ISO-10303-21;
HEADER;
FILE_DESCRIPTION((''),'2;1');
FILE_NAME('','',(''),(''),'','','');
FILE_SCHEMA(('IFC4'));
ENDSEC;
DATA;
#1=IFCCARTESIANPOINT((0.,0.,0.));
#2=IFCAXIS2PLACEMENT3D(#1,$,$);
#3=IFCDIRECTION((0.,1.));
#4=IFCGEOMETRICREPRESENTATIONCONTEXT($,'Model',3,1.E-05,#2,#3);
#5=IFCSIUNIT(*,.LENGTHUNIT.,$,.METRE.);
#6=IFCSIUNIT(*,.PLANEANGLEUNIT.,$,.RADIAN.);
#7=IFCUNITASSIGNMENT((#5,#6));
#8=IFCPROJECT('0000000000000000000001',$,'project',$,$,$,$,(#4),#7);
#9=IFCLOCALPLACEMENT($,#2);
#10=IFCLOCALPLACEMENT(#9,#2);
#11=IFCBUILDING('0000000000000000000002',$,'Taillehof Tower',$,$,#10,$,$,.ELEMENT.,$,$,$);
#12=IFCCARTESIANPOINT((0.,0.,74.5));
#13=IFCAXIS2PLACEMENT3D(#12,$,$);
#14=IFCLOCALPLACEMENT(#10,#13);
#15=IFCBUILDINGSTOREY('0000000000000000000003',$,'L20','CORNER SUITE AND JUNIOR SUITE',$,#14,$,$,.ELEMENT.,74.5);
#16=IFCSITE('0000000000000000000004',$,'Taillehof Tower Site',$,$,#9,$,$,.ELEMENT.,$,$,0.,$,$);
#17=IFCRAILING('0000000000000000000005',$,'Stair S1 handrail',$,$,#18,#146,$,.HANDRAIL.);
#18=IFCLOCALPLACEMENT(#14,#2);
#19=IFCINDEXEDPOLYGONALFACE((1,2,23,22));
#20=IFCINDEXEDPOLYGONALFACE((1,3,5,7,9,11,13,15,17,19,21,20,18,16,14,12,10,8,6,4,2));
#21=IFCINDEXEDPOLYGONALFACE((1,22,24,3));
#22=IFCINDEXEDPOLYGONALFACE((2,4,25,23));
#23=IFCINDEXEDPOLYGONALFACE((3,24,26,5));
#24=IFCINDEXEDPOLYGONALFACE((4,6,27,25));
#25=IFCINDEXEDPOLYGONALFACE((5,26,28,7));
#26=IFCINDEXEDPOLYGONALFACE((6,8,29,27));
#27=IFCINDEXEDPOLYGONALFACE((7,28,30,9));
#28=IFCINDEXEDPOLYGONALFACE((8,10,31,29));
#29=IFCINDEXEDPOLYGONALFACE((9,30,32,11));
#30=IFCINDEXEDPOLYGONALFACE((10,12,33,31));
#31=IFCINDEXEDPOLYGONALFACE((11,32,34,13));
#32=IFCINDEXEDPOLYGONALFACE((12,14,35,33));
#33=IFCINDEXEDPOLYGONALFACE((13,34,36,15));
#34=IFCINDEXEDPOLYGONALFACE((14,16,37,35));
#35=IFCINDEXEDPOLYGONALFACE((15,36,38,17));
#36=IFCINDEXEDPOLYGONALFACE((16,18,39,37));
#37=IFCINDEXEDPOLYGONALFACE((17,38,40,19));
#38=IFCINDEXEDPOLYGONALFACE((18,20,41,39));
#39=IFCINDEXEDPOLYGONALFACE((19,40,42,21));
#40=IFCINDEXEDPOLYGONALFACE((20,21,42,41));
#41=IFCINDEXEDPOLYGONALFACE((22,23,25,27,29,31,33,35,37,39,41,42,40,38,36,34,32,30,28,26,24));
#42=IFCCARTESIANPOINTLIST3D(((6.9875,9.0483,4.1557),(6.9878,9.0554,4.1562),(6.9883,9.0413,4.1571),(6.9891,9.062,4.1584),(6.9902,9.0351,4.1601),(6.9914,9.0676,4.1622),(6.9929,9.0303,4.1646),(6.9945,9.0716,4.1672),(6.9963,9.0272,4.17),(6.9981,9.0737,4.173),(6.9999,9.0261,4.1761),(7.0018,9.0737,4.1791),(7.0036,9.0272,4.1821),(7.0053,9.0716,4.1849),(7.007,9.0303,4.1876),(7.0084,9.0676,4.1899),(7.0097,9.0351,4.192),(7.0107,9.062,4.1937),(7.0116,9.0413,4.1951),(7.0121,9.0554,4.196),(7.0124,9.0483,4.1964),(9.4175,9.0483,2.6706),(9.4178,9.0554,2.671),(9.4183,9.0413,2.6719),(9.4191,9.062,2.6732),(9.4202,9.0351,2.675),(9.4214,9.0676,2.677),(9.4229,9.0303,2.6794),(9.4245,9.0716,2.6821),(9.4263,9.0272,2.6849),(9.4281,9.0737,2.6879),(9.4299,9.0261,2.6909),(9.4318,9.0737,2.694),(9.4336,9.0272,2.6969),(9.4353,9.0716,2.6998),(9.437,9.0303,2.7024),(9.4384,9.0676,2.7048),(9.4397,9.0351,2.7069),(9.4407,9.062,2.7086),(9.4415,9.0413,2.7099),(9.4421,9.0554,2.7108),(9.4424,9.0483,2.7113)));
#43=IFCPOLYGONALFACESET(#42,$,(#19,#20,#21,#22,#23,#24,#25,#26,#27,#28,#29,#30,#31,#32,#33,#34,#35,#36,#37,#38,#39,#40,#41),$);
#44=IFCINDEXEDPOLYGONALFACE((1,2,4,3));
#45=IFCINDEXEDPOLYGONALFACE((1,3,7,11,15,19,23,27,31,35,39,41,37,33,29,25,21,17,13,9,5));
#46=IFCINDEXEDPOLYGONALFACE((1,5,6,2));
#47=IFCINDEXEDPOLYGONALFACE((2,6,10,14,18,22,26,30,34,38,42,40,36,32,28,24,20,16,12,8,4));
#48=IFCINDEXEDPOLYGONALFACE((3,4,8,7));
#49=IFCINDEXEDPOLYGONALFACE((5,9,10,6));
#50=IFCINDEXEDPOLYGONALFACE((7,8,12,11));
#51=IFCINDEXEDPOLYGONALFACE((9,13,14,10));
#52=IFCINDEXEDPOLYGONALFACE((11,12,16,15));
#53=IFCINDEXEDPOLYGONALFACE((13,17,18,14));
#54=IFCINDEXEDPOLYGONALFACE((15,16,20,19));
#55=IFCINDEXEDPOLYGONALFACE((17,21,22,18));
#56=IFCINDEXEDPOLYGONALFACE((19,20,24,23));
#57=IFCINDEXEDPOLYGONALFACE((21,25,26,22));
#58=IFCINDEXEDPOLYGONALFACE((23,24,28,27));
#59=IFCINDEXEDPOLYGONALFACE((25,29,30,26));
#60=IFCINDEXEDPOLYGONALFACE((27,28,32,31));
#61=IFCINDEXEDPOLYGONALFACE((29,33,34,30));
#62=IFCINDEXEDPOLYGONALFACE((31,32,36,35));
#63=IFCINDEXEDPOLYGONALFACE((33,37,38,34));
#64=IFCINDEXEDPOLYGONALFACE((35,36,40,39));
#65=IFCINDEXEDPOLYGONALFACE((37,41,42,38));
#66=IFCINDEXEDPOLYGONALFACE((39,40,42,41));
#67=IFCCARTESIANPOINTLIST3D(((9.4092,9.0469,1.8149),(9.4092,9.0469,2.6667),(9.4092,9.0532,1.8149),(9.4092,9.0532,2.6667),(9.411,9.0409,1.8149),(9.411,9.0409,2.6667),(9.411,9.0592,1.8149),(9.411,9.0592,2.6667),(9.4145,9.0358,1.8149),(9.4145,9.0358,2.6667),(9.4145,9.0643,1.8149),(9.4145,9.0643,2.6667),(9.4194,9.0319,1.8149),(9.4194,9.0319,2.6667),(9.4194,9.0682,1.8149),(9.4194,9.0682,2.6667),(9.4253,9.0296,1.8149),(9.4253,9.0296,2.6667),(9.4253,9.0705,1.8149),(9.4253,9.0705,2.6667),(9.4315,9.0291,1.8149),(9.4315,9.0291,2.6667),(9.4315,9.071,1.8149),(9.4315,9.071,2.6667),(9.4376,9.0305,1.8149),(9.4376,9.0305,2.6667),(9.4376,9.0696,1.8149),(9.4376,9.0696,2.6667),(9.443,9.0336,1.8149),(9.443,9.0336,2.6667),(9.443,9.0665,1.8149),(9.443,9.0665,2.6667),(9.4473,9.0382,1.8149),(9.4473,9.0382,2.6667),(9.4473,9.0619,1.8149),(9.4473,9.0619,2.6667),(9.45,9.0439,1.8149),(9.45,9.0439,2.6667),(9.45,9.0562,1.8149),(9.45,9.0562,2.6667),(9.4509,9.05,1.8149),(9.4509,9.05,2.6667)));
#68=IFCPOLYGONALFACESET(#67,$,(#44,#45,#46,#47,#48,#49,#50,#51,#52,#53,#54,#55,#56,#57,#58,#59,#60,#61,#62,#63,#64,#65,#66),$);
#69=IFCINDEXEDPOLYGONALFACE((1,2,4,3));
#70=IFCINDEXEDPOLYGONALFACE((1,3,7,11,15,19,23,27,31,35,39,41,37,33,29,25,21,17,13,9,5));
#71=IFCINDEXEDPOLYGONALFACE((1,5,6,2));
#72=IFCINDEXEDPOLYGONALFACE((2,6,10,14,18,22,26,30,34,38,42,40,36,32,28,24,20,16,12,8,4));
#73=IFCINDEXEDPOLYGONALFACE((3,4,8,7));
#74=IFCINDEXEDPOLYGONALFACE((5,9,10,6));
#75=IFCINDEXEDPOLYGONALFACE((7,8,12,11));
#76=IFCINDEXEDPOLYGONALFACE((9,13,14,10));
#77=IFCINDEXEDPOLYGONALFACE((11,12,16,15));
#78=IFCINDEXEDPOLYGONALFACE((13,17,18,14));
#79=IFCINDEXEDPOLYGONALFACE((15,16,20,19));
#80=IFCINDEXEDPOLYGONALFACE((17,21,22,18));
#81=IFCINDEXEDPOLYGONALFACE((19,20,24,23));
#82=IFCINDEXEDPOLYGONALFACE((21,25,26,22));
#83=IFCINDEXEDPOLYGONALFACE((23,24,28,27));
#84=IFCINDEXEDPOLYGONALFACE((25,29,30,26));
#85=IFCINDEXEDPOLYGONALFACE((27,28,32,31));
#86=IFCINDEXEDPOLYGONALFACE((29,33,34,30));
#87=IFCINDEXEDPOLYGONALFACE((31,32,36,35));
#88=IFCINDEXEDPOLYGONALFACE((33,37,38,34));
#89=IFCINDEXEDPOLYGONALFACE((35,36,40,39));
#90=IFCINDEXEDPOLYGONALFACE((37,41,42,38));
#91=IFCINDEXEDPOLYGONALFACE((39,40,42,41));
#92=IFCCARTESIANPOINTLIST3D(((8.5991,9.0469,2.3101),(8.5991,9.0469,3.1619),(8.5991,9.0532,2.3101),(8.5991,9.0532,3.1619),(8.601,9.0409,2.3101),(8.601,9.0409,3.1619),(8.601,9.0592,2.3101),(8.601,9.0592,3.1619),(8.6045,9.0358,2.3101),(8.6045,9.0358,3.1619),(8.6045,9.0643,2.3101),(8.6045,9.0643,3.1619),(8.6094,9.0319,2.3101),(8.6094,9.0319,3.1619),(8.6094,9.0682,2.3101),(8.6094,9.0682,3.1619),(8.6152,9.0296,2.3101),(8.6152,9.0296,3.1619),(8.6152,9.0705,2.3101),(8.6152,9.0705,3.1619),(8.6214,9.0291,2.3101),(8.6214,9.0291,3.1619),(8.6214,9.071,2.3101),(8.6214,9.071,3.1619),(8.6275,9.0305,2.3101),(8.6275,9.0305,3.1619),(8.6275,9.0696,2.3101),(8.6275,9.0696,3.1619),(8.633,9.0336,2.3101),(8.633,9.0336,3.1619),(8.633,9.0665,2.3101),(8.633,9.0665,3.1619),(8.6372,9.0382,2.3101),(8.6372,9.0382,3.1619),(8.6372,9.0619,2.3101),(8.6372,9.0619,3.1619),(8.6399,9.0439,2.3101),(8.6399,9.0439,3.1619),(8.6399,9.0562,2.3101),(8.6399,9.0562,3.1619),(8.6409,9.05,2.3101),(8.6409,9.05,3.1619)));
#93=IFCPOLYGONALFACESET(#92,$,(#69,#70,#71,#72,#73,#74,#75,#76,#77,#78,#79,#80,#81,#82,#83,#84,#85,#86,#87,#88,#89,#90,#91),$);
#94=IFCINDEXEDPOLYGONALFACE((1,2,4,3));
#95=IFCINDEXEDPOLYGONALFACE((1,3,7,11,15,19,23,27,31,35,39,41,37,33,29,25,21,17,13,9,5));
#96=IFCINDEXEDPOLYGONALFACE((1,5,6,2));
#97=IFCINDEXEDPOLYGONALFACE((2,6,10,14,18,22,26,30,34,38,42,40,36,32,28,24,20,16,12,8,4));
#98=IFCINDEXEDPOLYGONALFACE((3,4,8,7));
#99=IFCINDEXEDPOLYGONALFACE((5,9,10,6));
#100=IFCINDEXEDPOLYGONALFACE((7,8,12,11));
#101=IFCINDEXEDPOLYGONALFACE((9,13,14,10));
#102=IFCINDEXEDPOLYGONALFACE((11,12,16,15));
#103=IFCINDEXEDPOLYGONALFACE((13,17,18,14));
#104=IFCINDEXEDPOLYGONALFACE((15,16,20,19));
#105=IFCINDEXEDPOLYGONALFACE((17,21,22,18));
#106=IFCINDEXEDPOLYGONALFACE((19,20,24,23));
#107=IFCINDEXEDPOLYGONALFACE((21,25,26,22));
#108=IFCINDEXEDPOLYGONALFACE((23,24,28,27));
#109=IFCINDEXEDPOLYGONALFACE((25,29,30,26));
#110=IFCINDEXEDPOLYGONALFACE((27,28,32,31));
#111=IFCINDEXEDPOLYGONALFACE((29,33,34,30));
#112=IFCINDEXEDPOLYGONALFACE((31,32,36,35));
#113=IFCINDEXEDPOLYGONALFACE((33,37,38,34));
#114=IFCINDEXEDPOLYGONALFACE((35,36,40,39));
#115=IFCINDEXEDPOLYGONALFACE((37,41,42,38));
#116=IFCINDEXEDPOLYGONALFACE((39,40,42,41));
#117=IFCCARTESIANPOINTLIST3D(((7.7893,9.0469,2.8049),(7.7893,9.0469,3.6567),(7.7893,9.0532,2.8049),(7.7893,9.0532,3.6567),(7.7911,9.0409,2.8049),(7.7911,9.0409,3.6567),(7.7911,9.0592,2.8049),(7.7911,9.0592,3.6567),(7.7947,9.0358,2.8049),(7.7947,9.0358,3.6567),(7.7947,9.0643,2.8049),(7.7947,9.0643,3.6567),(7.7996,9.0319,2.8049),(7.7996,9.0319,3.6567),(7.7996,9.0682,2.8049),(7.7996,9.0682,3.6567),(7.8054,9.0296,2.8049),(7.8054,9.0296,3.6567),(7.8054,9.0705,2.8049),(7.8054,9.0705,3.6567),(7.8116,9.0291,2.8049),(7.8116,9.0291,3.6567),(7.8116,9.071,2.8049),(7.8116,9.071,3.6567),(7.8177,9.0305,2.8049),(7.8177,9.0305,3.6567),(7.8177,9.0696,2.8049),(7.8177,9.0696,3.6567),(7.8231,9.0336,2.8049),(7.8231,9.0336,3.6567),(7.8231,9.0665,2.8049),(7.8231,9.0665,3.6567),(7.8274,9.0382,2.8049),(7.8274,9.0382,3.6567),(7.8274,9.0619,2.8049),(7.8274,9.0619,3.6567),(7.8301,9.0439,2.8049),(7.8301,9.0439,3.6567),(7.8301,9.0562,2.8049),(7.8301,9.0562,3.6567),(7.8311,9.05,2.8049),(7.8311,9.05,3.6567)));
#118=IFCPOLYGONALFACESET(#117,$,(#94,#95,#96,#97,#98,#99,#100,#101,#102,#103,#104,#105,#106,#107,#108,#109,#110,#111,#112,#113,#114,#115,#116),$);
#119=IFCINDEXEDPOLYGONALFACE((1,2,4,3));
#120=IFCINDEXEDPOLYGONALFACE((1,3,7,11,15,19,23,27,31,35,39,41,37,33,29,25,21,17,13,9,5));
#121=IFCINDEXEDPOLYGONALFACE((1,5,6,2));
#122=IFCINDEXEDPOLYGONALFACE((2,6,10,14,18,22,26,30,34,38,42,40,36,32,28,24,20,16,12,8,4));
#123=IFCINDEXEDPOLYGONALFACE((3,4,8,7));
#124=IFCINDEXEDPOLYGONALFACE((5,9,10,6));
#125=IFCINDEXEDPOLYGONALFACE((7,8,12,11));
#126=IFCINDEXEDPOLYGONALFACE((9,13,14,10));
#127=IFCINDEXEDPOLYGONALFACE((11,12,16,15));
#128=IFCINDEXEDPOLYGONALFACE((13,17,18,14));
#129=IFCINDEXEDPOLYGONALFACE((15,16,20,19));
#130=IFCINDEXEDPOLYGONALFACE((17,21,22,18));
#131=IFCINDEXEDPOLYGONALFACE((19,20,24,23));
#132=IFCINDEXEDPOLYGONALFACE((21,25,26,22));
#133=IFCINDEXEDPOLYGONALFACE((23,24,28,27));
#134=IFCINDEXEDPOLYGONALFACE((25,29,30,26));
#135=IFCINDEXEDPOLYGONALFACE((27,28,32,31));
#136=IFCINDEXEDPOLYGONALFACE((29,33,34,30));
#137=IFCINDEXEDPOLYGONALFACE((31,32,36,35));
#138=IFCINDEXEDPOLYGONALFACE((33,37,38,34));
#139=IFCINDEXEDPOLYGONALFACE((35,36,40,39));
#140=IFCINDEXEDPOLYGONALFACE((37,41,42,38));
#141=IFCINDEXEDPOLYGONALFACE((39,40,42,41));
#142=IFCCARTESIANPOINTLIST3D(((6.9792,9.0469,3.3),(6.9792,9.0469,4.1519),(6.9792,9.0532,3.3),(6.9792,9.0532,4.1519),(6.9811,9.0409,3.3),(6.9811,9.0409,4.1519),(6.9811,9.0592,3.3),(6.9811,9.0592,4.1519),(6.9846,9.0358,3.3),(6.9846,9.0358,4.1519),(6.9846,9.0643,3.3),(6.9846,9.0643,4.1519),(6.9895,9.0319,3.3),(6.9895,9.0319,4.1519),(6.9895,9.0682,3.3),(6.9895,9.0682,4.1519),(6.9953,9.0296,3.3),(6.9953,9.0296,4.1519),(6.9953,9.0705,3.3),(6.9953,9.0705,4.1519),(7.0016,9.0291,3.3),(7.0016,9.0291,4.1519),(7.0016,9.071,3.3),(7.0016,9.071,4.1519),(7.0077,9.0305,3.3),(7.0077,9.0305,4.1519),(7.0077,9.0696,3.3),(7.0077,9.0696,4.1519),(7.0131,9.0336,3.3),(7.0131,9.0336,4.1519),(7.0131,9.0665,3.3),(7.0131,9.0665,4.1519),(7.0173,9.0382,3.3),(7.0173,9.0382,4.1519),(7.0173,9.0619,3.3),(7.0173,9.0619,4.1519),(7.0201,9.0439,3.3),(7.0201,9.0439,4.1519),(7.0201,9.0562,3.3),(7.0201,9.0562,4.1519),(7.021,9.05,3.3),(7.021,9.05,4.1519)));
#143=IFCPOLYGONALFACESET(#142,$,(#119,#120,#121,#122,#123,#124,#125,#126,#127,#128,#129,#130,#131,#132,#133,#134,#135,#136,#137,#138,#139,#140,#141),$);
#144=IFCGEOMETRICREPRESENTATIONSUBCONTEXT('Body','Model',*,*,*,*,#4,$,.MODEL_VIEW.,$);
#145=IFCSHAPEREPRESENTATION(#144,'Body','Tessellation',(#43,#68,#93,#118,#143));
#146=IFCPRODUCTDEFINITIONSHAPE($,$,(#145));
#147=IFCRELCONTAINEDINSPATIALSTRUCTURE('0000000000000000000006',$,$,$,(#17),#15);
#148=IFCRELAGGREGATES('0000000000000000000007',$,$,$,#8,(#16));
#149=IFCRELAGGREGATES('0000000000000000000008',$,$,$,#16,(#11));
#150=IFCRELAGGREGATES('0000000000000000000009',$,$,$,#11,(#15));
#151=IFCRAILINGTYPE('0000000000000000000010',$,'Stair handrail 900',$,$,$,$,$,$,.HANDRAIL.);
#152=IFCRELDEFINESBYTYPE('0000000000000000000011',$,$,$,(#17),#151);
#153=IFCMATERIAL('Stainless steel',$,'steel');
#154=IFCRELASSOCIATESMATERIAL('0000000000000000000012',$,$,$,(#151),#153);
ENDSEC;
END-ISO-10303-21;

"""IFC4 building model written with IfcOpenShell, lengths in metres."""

from ifc_helpers import new_model, si_unit, direction, frame, origin, origin_2d, place, context, subcontext, project, spatial, circle, extrude, material, type_object, element, save


model = new_model("IFC4")

# Units and contexts
model_context = context("Model", 3, precision=1e-05, world=origin(), true_north=direction((0.0, 1.0)))
body_context = subcontext(model_context, "Body", "Model", "MODEL_VIEW")
ifc_project = project(units=[si_unit("LENGTHUNIT", "METRE"), si_unit("PLANEANGLEUNIT", "RADIAN")], contexts=[model_context])

# Site, building, storey
site_placement = place(None, origin())
site = spatial("IfcSite", under=ifc_project, at=site_placement, Name="Taillehof Tower Site", CompositionType="ELEMENT", RefElevation=0.0)
building_placement = place(site_placement, origin())
building = spatial("IfcBuilding", under=site, at=building_placement, Name="Taillehof Tower", CompositionType="ELEMENT")
storey_placement = place(building_placement, frame((0.0, 0.0, 74.5)))
storey = spatial("IfcBuildingStorey", under=building, at=storey_placement, Name="L20", Description="CORNER SUITE AND JUNIOR SUITE", CompositionType="ELEMENT", Elevation=74.5)

# Railing
ifc_material_1 = material(Name="Stainless steel", Category="steel")
railing_type = type_object("IfcRailingType", Name="Stair handrail 900", PredefinedType="HANDRAIL", material=ifc_material_1)
railing_placement = place(storey_placement, frame((9.4299, 9.05, 1.8149)))
element("IfcRailing", 1, at=railing_placement, inside=storey, type_object=railing_type, Name="Stair S1 handrail", PredefinedType="HANDRAIL", context=body_context, shape_type="SweptSolid", body=[
    extrude(circle(Radius=0.0239, at=origin_2d()), frame((0.0, 0.0, 0.876), z_axis=(-0.853259, 0.0, 0.521488), x_axis=(0.0, -1.0, 0.0)), (0.0, 0.0, 1.0), 2.8479),
    extrude(circle(Radius=0.021, at=origin_2d()), origin(), (0.0, 0.0, 1.0), 0.8518),
    extrude(circle(Radius=0.021, at=origin_2d()), frame((-0.8101, 0.0, 0.4951)), (0.0, 0.0, 1.0), 0.8518),
    extrude(circle(Radius=0.021, at=origin_2d()), frame((-1.6199, 0.0, 0.99)), (0.0, 0.0, 1.0), 0.8518),
    extrude(circle(Radius=0.021, at=origin_2d()), frame((-2.4299, 0.0, 1.4851)), (0.0, 0.0, 1.0), 0.8518),
])

save(model, "model.ifc")
